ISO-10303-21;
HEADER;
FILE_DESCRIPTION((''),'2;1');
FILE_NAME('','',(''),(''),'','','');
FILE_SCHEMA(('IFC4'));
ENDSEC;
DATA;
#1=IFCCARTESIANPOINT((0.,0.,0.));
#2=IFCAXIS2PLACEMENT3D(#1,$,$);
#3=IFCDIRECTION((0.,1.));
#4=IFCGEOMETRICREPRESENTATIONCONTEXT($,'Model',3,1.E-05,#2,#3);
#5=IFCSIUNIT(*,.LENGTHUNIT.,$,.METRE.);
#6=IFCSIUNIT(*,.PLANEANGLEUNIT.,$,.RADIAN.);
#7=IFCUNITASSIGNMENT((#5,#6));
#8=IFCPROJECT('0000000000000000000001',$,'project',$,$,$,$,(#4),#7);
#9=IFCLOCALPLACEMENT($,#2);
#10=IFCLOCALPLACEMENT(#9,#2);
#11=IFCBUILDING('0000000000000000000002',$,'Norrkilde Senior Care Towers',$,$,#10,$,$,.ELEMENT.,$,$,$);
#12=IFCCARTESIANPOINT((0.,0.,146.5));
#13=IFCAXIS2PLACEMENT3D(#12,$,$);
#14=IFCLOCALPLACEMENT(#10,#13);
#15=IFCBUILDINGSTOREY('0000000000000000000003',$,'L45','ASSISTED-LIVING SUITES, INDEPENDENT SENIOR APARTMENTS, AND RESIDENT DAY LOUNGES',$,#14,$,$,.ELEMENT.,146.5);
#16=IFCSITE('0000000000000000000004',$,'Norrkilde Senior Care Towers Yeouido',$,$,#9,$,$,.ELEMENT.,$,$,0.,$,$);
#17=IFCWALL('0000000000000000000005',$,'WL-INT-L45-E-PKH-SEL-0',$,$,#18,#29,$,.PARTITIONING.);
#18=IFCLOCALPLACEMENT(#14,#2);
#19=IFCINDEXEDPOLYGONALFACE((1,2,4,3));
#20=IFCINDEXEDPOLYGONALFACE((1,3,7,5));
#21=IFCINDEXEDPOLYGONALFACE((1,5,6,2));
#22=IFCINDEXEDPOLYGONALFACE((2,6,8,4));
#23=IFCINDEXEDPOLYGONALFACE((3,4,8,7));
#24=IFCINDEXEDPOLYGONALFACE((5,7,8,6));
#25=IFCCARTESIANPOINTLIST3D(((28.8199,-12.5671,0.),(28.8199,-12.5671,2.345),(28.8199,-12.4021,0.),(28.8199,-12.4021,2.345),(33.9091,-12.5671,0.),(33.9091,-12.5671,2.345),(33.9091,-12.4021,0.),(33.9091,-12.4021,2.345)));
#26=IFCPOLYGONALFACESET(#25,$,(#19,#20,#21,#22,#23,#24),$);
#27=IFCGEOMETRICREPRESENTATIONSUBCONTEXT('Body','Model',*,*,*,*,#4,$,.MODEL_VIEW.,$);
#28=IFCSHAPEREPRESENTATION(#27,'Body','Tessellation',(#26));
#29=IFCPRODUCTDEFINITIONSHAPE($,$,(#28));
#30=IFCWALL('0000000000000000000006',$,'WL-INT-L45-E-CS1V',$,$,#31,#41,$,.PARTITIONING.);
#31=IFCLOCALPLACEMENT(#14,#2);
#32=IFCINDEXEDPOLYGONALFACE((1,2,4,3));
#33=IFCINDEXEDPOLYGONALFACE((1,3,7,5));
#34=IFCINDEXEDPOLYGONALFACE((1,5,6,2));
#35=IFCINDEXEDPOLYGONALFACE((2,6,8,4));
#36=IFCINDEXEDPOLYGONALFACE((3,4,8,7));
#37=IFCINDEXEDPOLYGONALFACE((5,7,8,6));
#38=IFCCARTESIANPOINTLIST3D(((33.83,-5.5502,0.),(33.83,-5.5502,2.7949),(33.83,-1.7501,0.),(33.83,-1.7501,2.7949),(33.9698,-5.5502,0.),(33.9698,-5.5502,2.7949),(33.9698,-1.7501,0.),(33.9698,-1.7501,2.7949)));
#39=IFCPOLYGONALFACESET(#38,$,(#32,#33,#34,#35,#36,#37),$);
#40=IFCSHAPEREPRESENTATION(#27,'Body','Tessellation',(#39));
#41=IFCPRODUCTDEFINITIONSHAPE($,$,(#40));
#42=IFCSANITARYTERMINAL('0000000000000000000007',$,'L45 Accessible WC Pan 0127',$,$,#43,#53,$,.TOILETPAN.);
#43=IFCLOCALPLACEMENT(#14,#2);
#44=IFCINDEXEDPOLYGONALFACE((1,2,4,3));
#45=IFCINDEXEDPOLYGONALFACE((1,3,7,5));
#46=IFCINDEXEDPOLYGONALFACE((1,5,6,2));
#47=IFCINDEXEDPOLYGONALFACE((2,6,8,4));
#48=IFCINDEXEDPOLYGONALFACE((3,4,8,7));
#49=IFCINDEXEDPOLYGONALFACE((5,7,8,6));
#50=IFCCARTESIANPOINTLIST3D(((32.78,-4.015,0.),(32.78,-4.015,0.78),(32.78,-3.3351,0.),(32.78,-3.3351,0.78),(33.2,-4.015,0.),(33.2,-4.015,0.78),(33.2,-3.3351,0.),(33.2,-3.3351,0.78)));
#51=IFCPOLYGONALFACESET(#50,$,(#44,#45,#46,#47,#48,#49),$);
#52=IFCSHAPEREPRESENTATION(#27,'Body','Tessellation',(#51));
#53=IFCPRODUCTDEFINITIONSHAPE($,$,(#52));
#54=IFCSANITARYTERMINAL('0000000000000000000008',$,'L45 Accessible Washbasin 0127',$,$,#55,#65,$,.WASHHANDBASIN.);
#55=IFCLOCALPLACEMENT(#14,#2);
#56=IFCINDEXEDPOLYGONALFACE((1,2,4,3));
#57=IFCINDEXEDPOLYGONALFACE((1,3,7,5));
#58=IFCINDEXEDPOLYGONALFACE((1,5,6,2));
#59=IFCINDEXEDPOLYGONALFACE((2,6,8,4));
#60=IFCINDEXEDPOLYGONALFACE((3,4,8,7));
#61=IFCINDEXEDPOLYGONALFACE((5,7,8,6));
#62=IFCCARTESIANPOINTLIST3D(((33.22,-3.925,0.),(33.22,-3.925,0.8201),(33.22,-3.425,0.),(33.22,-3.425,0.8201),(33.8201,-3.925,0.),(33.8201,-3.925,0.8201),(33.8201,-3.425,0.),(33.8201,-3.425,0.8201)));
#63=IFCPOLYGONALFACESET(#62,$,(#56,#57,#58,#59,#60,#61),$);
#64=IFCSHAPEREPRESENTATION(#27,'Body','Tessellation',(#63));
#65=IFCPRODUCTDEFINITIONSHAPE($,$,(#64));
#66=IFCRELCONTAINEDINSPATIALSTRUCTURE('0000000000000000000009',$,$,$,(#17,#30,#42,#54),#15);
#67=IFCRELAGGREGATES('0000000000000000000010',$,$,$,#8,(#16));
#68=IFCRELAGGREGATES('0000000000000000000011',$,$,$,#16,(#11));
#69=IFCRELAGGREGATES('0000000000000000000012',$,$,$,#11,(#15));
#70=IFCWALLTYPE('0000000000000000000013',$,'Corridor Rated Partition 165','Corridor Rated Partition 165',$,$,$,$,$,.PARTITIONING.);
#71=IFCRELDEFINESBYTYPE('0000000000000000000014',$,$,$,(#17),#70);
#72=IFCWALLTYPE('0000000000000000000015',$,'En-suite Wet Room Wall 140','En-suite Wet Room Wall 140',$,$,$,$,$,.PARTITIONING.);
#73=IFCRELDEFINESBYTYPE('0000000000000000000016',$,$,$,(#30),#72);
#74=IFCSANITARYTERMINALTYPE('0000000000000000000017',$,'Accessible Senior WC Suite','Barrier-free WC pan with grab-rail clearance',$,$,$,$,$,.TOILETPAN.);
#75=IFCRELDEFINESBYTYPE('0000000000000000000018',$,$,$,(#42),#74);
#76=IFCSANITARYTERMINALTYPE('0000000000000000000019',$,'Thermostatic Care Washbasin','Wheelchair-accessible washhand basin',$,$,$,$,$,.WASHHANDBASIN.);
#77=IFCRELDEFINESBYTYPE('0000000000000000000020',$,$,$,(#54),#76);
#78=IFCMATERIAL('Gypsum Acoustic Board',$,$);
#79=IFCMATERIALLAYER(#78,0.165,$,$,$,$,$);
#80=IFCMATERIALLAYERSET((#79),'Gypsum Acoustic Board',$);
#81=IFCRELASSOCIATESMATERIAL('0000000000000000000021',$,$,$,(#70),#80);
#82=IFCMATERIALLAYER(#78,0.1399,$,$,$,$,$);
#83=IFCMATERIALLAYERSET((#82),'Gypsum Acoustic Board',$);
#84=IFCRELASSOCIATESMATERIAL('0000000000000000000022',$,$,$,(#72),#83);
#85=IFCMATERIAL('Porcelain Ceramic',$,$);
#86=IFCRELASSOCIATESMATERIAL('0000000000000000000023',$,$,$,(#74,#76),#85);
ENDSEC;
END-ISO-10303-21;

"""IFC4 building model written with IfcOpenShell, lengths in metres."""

from ifc_helpers import new_model, si_unit, direction, frame, frame_2d, origin, origin_2d, place, context, subcontext, project, spatial, rectangle, extrude, source, transform, mapped, material, layer, layer_set, type_object, type_shapes, element, save


model = new_model("IFC4")

# Units and contexts
model_context = context("Model", 3, precision=1e-05, world=origin(), true_north=direction((0.0, 1.0)))
body_context = subcontext(model_context, "Body", "Model", "MODEL_VIEW")
ifc_project = project(units=[si_unit("LENGTHUNIT", "METRE"), si_unit("PLANEANGLEUNIT", "RADIAN")], contexts=[model_context])

# Site, building, storey
site_placement = place(None, origin())
site = spatial("IfcSite", under=ifc_project, at=site_placement, Name="Norrkilde Senior Care Towers Yeouido", CompositionType="ELEMENT", RefElevation=0.0)
building_placement = place(site_placement, origin())
building = spatial("IfcBuilding", under=site, at=building_placement, Name="Norrkilde Senior Care Towers", CompositionType="ELEMENT")
storey_placement = place(building_placement, frame((0.0, 0.0, 146.5)))
storey = spatial("IfcBuildingStorey", under=building, at=storey_placement, Name="L45", Description="ASSISTED-LIVING SUITES, INDEPENDENT SENIOR APARTMENTS, AND RESIDENT DAY LOUNGES", CompositionType="ELEMENT", Elevation=146.5)

# Shared definitions
ifc_material_1 = material(Name="Gypsum Acoustic Board")
ifc_layer_1 = layer(ifc_material_1, 0.165)
ifc_layer_set_1 = layer_set([ifc_layer_1], Name="Gypsum Acoustic Board")
wall_type_1 = type_object("IfcWallType", Name="Corridor Rated Partition 165", Description="Corridor Rated Partition 165", PredefinedType="PARTITIONING", material=ifc_layer_set_1)

# Walls
shared_shape_1 = source(origin(), body_context, "Body", "SweptSolid", [
    extrude(rectangle(XDim=5.0891, YDim=0.165, at=frame_2d((2.5444, 0.0))), origin(), (0.0, 0.0, 1.0), 2.345),
])
wall_1_placement = place(storey_placement, frame((28.8201, -12.4846, 0.0), z_axis=(0.0, 0.0, 1.0), x_axis=(1.0, 0.0, 0.0)))
element("IfcWall", 1, at=wall_1_placement, inside=storey, type_object=wall_type_1, Name="WL-INT-L45-E-PKH-SEL-0", PredefinedType="PARTITIONING", context=body_context, shape_type="MappedRepresentation", body=[
    mapped(shared_shape_1, transform((0.0, 0.0, 0.0), x_axis=(1.0, 0.0, 0.0), y_axis=(0.0, 1.0, 0.0), z_axis=(0.0, 0.0, 1.0), scale=1.0)),
])
ifc_layer_2 = layer(ifc_material_1, 0.1399)
ifc_layer_set_2 = layer_set([ifc_layer_2], Name="Gypsum Acoustic Board")
wall_type_2 = type_object("IfcWallType", Name="En-suite Wet Room Wall 140", Description="En-suite Wet Room Wall 140", PredefinedType="PARTITIONING", material=ifc_layer_set_2)
shared_shape_2 = source(origin(), body_context, "Body", "SweptSolid", [
    extrude(rectangle(XDim=3.8, YDim=0.1399, at=frame_2d((1.8999, 0.0))), origin(), (0.0, 0.0, 1.0), 2.7949),
])
type_shapes(wall_type_2, [shared_shape_2])
wall_2_placement = place(storey_placement, frame((33.8999, -5.55, 0.0), z_axis=(0.0, 0.0, 1.0), x_axis=(0.0, 1.0, 0.0)))
element("IfcWall", 2, at=wall_2_placement, inside=storey, type_object=wall_type_2, Name="WL-INT-L45-E-CS1V", PredefinedType="PARTITIONING", context=body_context, shape_type="MappedRepresentation", body=[
    mapped(shared_shape_2, transform((0.0, 0.0, 0.0), x_axis=(1.0, 0.0, 0.0), y_axis=(0.0, 1.0, 0.0), z_axis=(0.0, 0.0, 1.0), scale=1.0)),
])

# Sanitary terminals
ifc_material_2 = material(Name="Porcelain Ceramic")
sanitary_terminal_type_1 = type_object("IfcSanitaryTerminalType", Name="Accessible Senior WC Suite", Description="Barrier-free WC pan with grab-rail clearance", PredefinedType="TOILETPAN", material=ifc_material_2)
shared_shape_3 = source(origin(), body_context, "Body", "SweptSolid", [
    extrude(rectangle(XDim=0.4199, YDim=0.6799, at=origin_2d()), origin(), (0.0, 0.0, 1.0), 0.78),
])
type_shapes(sanitary_terminal_type_1, [shared_shape_3])
sanitary_terminal_1_placement = place(storey_placement, frame((32.99, -3.675, 0.0), z_axis=(0.0, 0.0, 1.0), x_axis=(1.0, 0.0, 0.0)))
element("IfcSanitaryTerminal", 3, at=sanitary_terminal_1_placement, inside=storey, type_object=sanitary_terminal_type_1, Name="L45 Accessible WC Pan 0127", PredefinedType="TOILETPAN", context=body_context, shape_type="MappedRepresentation", body=[
    mapped(shared_shape_3, transform((0.0, 0.0, 0.0), x_axis=(1.0, 0.0, 0.0), y_axis=(0.0, 1.0, 0.0), z_axis=(0.0, 0.0, 1.0), scale=1.0)),
])
sanitary_terminal_type_2 = type_object("IfcSanitaryTerminalType", Name="Thermostatic Care Washbasin", Description="Wheelchair-accessible washhand basin", PredefinedType="WASHHANDBASIN", material=ifc_material_2)
shared_shape_4 = source(origin(), body_context, "Body", "SweptSolid", [
    extrude(rectangle(XDim=0.6001, YDim=0.5, at=origin_2d()), origin(), (0.0, 0.0, 1.0), 0.8201),
])
type_shapes(sanitary_terminal_type_2, [shared_shape_4])
sanitary_terminal_2_placement = place(storey_placement, frame((33.52, -3.675, 0.0), z_axis=(0.0, 0.0, 1.0), x_axis=(1.0, 0.0, 0.0)))
element("IfcSanitaryTerminal", 4, at=sanitary_terminal_2_placement, inside=storey, type_object=sanitary_terminal_type_2, Name="L45 Accessible Washbasin 0127", PredefinedType="WASHHANDBASIN", context=body_context, shape_type="MappedRepresentation", body=[
    mapped(shared_shape_4, transform((0.0, 0.0, 0.0), x_axis=(1.0, 0.0, 0.0), y_axis=(0.0, 1.0, 0.0), z_axis=(0.0, 0.0, 1.0), scale=1.0)),
])

save(model, "model.ifc")
